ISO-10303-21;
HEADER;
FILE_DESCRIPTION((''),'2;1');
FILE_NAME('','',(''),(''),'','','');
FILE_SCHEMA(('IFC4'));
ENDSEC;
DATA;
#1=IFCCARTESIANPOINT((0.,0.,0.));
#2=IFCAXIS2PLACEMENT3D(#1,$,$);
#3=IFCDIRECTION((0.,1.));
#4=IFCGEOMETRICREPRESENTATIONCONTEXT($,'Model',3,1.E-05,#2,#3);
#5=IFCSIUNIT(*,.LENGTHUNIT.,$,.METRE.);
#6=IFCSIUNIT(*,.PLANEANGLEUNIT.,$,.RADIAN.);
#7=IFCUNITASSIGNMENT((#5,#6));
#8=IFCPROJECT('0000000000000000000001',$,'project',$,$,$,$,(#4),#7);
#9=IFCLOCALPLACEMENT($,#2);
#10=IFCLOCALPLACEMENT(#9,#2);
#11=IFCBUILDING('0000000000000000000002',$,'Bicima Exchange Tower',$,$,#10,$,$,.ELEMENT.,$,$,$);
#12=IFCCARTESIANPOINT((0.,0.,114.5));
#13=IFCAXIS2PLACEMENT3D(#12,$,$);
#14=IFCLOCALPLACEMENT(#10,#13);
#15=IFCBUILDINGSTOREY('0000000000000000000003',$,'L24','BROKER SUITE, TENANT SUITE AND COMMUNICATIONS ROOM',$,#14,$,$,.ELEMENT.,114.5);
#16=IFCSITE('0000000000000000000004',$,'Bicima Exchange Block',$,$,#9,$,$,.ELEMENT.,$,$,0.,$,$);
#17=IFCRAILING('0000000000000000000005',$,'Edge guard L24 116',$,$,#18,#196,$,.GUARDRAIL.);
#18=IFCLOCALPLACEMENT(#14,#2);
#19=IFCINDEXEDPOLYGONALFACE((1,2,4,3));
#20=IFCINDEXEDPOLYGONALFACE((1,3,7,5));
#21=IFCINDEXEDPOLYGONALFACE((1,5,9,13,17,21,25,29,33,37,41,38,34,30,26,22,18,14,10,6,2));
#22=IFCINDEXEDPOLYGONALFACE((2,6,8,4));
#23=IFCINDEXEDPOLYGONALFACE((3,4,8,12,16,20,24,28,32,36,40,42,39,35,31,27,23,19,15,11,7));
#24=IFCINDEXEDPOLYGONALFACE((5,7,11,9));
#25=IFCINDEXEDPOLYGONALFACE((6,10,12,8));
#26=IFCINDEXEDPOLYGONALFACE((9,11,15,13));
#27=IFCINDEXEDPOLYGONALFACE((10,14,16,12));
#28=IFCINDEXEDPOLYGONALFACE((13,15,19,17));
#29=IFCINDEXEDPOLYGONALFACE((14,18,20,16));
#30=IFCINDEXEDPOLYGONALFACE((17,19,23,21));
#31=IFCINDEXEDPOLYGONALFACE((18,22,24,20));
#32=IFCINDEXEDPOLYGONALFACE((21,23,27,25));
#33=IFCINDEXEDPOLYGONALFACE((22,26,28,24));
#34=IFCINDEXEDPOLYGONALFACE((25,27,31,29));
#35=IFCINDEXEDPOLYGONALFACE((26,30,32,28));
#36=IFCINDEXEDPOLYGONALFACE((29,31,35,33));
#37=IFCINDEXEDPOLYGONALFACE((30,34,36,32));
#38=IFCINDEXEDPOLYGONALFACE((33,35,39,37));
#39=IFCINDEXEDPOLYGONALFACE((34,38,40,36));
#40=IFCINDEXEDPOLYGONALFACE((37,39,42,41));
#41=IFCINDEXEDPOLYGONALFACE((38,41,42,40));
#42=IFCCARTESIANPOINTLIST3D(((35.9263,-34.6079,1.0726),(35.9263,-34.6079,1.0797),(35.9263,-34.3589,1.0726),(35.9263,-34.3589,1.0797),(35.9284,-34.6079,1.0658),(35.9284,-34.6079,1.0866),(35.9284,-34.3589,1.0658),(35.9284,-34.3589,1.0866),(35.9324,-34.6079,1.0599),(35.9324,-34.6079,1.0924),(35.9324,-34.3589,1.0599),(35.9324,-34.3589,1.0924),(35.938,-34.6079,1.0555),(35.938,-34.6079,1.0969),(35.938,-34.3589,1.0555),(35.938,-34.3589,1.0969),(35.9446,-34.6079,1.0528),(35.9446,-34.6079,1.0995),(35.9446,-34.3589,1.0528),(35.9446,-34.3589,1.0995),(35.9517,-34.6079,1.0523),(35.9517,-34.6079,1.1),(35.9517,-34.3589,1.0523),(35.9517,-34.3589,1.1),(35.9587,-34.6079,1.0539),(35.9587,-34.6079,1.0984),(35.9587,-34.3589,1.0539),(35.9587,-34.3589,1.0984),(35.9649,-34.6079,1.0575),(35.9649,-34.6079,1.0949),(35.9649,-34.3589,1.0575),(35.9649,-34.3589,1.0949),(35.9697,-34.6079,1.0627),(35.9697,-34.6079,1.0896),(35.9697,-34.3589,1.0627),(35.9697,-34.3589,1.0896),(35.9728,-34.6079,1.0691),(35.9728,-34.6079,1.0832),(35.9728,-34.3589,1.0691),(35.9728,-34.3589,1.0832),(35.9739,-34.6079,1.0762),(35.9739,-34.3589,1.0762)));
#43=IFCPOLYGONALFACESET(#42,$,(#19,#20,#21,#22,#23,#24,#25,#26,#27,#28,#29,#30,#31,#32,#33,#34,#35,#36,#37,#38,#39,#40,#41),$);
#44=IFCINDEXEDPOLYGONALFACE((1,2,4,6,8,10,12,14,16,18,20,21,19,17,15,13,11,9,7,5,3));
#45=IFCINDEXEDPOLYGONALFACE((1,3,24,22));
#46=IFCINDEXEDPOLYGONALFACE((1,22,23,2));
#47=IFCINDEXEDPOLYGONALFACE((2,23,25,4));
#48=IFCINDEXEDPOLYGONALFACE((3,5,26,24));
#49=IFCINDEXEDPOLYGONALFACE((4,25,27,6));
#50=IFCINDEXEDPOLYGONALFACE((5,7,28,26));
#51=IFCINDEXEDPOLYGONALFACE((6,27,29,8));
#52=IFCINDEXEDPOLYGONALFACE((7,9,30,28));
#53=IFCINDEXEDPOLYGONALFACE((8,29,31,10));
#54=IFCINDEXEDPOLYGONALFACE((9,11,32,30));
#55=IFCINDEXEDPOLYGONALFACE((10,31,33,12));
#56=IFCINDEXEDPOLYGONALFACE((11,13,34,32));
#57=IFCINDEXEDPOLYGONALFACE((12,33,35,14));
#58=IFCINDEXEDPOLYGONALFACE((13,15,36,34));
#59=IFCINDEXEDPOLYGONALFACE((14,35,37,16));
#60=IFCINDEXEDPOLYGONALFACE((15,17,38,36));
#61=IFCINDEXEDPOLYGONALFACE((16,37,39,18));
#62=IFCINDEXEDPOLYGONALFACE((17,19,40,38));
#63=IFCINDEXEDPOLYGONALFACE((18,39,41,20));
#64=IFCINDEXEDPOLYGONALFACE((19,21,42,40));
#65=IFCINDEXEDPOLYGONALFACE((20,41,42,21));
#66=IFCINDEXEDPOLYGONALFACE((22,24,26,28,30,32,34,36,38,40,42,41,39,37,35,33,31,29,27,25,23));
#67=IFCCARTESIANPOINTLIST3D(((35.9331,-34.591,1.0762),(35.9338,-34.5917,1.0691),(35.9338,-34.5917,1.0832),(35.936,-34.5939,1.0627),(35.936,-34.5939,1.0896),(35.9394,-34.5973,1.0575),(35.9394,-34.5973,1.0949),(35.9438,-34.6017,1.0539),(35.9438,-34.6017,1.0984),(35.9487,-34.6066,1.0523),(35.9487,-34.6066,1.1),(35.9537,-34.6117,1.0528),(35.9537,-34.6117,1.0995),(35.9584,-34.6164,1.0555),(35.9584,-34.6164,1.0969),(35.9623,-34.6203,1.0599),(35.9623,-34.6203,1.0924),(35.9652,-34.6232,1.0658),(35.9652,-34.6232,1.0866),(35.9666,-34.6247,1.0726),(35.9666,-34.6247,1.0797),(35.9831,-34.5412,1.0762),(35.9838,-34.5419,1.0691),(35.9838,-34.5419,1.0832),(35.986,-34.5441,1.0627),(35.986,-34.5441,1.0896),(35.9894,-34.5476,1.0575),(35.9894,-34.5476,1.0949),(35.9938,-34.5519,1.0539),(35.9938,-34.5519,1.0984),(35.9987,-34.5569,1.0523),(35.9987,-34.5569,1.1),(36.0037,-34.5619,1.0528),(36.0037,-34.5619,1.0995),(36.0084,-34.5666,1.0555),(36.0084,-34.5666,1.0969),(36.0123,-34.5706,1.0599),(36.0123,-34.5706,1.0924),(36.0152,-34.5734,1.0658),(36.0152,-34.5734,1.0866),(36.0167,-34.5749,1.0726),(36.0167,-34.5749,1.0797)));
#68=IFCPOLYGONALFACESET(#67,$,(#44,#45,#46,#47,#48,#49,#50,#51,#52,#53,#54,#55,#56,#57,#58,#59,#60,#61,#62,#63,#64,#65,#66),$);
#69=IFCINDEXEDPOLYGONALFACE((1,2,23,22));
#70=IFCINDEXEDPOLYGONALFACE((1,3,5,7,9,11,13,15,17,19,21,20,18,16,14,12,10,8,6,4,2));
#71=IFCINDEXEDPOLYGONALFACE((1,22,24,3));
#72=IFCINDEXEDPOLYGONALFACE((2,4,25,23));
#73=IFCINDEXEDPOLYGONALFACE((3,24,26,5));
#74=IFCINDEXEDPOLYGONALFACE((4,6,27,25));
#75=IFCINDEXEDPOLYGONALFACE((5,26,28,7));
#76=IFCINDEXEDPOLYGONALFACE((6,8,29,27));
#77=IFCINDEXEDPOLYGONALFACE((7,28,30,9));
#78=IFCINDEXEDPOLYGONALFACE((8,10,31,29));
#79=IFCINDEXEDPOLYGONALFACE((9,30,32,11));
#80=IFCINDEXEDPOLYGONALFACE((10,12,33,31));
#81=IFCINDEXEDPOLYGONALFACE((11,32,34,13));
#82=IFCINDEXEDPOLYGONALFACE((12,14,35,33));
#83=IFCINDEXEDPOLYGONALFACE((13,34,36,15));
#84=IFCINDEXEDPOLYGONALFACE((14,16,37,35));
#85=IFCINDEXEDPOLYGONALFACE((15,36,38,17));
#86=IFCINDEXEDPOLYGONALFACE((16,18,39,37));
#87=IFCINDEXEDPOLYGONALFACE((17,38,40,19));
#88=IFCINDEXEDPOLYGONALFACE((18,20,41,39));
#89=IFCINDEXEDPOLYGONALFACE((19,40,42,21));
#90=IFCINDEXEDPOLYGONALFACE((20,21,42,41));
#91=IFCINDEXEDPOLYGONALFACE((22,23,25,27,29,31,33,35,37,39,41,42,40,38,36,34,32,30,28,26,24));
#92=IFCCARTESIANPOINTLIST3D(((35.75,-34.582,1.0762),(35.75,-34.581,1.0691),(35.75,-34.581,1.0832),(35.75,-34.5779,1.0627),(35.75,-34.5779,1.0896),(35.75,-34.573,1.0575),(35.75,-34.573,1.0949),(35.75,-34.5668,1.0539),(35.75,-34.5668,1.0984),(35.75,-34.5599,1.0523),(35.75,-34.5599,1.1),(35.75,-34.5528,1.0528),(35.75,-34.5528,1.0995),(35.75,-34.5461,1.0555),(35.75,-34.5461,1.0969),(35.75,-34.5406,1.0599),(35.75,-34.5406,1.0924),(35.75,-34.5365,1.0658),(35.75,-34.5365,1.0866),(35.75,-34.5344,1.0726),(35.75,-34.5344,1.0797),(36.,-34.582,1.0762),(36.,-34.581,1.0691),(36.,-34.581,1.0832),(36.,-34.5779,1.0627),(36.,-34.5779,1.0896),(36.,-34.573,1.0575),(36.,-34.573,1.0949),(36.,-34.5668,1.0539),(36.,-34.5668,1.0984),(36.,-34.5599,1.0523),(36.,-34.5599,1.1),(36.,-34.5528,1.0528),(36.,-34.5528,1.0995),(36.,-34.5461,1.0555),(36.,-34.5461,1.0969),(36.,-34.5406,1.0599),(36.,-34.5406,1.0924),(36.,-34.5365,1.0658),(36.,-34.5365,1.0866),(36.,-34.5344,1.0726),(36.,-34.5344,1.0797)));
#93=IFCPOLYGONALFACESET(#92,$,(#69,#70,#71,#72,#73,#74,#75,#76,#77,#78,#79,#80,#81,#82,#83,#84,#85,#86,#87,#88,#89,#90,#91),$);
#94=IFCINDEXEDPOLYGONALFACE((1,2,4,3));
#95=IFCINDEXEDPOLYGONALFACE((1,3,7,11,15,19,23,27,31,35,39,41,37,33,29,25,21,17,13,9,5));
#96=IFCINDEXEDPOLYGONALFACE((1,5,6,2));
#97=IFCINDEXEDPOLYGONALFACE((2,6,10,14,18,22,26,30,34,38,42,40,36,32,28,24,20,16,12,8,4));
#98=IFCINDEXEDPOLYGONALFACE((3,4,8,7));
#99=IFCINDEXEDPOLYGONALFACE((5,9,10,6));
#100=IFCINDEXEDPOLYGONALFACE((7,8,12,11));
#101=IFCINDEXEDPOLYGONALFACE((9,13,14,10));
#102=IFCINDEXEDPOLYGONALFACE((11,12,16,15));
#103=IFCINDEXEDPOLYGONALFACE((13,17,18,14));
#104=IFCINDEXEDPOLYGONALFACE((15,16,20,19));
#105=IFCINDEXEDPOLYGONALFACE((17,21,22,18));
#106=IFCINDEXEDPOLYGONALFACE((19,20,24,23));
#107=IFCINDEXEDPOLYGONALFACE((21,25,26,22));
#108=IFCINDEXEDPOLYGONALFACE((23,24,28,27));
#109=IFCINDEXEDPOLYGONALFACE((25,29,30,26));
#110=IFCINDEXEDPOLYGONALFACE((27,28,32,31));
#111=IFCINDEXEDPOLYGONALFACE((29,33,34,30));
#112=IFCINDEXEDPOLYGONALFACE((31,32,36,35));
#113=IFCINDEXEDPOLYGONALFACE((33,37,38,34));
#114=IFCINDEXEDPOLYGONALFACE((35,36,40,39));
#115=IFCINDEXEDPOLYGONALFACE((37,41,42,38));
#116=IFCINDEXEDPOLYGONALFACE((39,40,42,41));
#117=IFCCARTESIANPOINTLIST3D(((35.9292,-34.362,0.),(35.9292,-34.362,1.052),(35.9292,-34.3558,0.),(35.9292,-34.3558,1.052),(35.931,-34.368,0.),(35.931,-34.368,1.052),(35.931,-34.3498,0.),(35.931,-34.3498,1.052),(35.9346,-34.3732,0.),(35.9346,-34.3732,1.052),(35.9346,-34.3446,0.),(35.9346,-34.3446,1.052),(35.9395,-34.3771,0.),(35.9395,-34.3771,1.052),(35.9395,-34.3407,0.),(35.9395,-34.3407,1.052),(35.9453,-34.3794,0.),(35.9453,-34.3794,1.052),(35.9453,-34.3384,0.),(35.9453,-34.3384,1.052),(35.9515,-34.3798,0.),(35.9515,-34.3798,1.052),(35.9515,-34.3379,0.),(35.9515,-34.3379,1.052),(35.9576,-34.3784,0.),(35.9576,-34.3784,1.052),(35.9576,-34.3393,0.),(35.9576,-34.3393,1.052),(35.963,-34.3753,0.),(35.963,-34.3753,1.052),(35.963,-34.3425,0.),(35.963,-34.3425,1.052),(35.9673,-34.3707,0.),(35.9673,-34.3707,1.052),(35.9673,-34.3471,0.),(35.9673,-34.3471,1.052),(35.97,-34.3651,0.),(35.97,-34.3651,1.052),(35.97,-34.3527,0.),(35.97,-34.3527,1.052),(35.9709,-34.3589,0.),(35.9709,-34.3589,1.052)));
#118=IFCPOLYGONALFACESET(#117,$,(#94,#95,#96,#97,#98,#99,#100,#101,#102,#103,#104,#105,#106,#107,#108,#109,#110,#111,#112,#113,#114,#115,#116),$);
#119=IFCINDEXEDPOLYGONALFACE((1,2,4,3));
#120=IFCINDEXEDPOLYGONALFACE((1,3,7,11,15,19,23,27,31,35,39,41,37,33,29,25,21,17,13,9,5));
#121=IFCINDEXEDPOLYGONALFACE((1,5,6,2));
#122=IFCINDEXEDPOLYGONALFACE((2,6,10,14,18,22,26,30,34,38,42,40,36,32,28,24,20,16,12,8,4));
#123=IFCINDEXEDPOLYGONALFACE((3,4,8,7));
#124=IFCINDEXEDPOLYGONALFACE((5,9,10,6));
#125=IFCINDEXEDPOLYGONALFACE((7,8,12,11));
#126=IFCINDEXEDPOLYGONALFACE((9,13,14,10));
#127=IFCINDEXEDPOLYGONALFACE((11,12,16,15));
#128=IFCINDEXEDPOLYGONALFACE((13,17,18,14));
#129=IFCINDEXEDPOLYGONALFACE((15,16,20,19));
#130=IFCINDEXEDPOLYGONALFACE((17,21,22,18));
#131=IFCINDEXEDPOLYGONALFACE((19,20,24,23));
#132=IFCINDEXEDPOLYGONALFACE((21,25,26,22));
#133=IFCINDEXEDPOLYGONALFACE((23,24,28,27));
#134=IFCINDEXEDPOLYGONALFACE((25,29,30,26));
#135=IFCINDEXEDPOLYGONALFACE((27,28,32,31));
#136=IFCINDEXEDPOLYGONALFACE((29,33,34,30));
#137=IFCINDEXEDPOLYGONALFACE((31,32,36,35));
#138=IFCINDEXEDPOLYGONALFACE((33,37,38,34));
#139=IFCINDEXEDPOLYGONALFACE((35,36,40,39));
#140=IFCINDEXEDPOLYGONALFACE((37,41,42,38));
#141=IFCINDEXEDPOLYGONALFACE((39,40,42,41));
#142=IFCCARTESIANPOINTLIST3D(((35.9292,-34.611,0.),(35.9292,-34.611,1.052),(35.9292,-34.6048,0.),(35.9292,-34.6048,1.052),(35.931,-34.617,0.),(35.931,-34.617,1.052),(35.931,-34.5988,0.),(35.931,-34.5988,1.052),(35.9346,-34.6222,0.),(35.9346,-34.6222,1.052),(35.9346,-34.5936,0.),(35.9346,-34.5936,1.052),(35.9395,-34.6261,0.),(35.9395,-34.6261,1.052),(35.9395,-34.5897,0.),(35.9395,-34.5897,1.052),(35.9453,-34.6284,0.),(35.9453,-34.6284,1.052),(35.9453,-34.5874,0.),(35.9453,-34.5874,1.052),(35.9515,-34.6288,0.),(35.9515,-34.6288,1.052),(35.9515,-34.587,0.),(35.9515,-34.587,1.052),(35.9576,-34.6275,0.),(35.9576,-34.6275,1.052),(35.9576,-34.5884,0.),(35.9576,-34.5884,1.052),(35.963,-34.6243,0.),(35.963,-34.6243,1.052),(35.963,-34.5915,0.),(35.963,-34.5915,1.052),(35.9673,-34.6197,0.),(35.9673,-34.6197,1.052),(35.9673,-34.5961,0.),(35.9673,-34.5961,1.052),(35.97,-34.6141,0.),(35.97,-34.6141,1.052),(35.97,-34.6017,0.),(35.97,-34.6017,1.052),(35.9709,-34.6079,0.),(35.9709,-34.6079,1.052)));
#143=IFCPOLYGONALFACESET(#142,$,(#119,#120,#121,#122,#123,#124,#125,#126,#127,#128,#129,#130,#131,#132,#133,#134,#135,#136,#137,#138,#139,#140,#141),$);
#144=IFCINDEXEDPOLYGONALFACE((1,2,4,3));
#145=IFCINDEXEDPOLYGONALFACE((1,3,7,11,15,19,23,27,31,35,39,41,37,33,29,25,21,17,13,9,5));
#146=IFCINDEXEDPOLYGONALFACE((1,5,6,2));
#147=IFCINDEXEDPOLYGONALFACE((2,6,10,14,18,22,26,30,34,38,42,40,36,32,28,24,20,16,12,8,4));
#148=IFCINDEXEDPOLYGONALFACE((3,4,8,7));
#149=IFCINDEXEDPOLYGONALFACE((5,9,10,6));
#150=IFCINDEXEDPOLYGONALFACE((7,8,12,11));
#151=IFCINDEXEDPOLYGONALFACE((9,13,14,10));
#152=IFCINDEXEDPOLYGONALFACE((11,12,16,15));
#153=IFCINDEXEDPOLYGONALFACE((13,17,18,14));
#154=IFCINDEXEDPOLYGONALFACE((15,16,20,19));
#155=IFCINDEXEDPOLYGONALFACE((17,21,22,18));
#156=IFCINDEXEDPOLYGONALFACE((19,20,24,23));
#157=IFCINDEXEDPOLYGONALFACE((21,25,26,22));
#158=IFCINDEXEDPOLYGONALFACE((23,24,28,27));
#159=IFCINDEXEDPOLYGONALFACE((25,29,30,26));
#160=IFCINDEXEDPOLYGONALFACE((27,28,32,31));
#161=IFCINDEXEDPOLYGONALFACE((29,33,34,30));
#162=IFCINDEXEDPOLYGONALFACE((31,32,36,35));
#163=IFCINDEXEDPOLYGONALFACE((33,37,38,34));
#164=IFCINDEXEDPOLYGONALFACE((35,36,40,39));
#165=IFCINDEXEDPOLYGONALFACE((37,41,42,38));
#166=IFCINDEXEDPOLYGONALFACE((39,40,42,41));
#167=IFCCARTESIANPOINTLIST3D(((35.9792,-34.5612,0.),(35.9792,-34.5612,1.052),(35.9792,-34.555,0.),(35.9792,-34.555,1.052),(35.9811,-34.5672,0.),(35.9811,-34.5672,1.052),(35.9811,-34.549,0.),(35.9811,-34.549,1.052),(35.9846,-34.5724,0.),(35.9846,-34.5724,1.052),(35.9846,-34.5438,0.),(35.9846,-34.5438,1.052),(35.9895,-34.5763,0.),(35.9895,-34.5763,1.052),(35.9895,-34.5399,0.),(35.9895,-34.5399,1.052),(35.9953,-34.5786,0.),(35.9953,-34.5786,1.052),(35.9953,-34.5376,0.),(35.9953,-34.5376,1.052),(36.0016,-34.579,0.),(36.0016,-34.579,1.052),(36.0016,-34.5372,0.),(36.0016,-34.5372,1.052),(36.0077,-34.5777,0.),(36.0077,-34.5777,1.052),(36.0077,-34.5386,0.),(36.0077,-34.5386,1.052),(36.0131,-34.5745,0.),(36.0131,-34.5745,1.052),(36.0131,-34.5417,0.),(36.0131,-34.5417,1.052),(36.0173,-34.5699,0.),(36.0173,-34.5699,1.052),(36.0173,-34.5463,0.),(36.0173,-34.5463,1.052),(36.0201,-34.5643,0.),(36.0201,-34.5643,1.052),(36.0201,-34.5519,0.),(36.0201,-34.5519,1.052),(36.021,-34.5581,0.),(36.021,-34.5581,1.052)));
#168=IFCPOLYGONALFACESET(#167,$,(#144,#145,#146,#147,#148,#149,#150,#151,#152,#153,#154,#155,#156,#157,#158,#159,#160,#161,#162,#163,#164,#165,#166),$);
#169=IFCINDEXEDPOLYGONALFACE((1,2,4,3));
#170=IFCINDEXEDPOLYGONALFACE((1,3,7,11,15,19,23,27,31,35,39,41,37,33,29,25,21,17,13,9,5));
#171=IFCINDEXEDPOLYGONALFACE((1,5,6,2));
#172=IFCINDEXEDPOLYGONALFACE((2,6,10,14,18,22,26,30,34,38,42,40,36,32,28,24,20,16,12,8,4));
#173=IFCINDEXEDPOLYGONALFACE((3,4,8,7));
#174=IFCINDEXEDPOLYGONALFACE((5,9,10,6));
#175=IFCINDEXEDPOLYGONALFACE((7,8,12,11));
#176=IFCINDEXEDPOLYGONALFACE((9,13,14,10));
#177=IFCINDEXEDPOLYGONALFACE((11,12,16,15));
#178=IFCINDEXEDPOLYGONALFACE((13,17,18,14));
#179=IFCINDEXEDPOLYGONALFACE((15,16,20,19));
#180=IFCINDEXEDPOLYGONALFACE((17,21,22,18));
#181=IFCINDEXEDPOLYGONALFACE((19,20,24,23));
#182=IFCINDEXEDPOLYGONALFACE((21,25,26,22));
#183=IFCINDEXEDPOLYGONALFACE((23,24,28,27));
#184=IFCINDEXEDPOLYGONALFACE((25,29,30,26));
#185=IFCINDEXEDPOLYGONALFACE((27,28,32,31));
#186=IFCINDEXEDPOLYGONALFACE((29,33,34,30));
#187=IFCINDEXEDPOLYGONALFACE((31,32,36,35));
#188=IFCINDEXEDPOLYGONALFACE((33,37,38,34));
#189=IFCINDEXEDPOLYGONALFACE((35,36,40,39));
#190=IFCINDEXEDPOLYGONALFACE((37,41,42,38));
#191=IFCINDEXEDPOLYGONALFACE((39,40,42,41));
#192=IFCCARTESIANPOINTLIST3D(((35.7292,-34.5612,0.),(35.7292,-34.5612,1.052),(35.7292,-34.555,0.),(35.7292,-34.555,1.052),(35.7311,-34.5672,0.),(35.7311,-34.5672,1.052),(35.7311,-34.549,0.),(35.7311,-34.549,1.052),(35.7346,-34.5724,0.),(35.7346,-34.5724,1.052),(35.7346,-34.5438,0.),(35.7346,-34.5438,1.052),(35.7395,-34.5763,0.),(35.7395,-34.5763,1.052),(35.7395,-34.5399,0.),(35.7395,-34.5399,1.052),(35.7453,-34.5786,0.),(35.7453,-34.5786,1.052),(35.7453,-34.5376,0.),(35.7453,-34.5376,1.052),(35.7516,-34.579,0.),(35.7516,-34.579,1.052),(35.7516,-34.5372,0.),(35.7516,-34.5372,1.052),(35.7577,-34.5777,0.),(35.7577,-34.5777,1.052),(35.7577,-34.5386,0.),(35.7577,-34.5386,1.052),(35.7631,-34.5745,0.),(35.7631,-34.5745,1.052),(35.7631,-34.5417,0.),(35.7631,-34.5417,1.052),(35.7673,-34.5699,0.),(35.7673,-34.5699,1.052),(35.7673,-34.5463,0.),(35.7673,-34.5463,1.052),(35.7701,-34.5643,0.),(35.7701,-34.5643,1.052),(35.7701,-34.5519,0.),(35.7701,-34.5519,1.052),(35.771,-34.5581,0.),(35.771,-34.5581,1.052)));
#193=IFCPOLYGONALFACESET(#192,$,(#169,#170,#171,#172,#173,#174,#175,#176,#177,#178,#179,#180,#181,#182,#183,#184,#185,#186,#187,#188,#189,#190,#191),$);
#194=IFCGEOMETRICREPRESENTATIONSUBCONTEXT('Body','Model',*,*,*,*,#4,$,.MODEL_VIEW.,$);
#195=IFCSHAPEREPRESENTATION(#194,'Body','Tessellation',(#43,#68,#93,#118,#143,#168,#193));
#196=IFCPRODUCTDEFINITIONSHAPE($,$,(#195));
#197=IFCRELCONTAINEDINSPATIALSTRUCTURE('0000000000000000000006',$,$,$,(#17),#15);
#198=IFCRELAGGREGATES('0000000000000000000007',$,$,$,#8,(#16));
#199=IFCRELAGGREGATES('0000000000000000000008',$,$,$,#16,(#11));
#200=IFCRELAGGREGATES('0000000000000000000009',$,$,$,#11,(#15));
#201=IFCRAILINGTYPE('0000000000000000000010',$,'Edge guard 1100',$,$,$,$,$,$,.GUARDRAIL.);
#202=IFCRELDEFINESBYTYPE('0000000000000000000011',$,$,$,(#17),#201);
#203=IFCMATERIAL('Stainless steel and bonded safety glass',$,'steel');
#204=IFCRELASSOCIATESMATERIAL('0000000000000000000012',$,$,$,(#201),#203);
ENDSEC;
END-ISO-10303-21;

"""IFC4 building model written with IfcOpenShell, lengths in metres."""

from ifc_helpers import new_model, si_unit, direction, frame, origin, origin_2d, place, context, subcontext, project, spatial, circle, extrude, material, type_object, element, save


model = new_model("IFC4")

# Units and contexts
model_context = context("Model", 3, precision=1e-05, world=origin(), true_north=direction((0.0, 1.0)))
body_context = subcontext(model_context, "Body", "Model", "MODEL_VIEW")
ifc_project = project(units=[si_unit("LENGTHUNIT", "METRE"), si_unit("PLANEANGLEUNIT", "RADIAN")], contexts=[model_context])

# Site, building, storey
site_placement = place(None, origin())
site = spatial("IfcSite", under=ifc_project, at=site_placement, Name="Bicima Exchange Block", CompositionType="ELEMENT", RefElevation=0.0)
building_placement = place(site_placement, origin())
building = spatial("IfcBuilding", under=site, at=building_placement, Name="Bicima Exchange Tower", CompositionType="ELEMENT")
storey_placement = place(building_placement, frame((0.0, 0.0, 114.5)))
storey = spatial("IfcBuildingStorey", under=building, at=storey_placement, Name="L24", Description="BROKER SUITE, TENANT SUITE AND COMMUNICATIONS ROOM", CompositionType="ELEMENT", Elevation=114.5)

# Railing
ifc_material_1 = material(Name="Stainless steel and bonded safety glass", Category="steel")
railing_type = type_object("IfcRailingType", Name="Edge guard 1100", PredefinedType="GUARDRAIL", material=ifc_material_1)
railing_1_placement = place(storey_placement, frame((35.95, -34.3589, 0.0)))
element("IfcRailing", 1, at=railing_1_placement, inside=storey, type_object=railing_type, Name="Edge guard L24 116", PredefinedType="GUARDRAIL", context=body_context, shape_type="SweptSolid", body=[
    extrude(circle(Radius=0.0239, at=origin_2d()), frame((0.0, 0.0, 1.0762), z_axis=(0.0, -1.0, 0.0), x_axis=(1.0, 0.0, 0.0)), (0.0, 0.0, 1.0), 0.249),
    extrude(circle(Radius=0.0239, at=origin_2d()), frame((0.0, -0.249, 1.0762), z_axis=(0.708834, 0.705376, 0.0), x_axis=(-0.705376, 0.708834, 0.0)), (0.0, 0.0, 1.0), 0.0706),
    extrude(circle(Radius=0.0239, at=origin_2d()), frame((0.05, -0.1992, 1.0762), z_axis=(-1.0, 0.0, 0.0), x_axis=(0.0, -1.0, 0.0)), (0.0, 0.0, 1.0), 0.25),
    extrude(circle(Radius=0.021, at=origin_2d()), origin(), (0.0, 0.0, 1.0), 1.052),
    extrude(circle(Radius=0.021, at=origin_2d()), frame((0.0, -0.249, 0.0)), (0.0, 0.0, 1.0), 1.052),
    extrude(circle(Radius=0.021, at=origin_2d()), frame((0.05, -0.1992, 0.0)), (0.0, 0.0, 1.0), 1.052),
    extrude(circle(Radius=0.021, at=origin_2d()), frame((-0.2, -0.1992, 0.0)), (0.0, 0.0, 1.0), 1.052),
])

save(model, "model.ifc")
